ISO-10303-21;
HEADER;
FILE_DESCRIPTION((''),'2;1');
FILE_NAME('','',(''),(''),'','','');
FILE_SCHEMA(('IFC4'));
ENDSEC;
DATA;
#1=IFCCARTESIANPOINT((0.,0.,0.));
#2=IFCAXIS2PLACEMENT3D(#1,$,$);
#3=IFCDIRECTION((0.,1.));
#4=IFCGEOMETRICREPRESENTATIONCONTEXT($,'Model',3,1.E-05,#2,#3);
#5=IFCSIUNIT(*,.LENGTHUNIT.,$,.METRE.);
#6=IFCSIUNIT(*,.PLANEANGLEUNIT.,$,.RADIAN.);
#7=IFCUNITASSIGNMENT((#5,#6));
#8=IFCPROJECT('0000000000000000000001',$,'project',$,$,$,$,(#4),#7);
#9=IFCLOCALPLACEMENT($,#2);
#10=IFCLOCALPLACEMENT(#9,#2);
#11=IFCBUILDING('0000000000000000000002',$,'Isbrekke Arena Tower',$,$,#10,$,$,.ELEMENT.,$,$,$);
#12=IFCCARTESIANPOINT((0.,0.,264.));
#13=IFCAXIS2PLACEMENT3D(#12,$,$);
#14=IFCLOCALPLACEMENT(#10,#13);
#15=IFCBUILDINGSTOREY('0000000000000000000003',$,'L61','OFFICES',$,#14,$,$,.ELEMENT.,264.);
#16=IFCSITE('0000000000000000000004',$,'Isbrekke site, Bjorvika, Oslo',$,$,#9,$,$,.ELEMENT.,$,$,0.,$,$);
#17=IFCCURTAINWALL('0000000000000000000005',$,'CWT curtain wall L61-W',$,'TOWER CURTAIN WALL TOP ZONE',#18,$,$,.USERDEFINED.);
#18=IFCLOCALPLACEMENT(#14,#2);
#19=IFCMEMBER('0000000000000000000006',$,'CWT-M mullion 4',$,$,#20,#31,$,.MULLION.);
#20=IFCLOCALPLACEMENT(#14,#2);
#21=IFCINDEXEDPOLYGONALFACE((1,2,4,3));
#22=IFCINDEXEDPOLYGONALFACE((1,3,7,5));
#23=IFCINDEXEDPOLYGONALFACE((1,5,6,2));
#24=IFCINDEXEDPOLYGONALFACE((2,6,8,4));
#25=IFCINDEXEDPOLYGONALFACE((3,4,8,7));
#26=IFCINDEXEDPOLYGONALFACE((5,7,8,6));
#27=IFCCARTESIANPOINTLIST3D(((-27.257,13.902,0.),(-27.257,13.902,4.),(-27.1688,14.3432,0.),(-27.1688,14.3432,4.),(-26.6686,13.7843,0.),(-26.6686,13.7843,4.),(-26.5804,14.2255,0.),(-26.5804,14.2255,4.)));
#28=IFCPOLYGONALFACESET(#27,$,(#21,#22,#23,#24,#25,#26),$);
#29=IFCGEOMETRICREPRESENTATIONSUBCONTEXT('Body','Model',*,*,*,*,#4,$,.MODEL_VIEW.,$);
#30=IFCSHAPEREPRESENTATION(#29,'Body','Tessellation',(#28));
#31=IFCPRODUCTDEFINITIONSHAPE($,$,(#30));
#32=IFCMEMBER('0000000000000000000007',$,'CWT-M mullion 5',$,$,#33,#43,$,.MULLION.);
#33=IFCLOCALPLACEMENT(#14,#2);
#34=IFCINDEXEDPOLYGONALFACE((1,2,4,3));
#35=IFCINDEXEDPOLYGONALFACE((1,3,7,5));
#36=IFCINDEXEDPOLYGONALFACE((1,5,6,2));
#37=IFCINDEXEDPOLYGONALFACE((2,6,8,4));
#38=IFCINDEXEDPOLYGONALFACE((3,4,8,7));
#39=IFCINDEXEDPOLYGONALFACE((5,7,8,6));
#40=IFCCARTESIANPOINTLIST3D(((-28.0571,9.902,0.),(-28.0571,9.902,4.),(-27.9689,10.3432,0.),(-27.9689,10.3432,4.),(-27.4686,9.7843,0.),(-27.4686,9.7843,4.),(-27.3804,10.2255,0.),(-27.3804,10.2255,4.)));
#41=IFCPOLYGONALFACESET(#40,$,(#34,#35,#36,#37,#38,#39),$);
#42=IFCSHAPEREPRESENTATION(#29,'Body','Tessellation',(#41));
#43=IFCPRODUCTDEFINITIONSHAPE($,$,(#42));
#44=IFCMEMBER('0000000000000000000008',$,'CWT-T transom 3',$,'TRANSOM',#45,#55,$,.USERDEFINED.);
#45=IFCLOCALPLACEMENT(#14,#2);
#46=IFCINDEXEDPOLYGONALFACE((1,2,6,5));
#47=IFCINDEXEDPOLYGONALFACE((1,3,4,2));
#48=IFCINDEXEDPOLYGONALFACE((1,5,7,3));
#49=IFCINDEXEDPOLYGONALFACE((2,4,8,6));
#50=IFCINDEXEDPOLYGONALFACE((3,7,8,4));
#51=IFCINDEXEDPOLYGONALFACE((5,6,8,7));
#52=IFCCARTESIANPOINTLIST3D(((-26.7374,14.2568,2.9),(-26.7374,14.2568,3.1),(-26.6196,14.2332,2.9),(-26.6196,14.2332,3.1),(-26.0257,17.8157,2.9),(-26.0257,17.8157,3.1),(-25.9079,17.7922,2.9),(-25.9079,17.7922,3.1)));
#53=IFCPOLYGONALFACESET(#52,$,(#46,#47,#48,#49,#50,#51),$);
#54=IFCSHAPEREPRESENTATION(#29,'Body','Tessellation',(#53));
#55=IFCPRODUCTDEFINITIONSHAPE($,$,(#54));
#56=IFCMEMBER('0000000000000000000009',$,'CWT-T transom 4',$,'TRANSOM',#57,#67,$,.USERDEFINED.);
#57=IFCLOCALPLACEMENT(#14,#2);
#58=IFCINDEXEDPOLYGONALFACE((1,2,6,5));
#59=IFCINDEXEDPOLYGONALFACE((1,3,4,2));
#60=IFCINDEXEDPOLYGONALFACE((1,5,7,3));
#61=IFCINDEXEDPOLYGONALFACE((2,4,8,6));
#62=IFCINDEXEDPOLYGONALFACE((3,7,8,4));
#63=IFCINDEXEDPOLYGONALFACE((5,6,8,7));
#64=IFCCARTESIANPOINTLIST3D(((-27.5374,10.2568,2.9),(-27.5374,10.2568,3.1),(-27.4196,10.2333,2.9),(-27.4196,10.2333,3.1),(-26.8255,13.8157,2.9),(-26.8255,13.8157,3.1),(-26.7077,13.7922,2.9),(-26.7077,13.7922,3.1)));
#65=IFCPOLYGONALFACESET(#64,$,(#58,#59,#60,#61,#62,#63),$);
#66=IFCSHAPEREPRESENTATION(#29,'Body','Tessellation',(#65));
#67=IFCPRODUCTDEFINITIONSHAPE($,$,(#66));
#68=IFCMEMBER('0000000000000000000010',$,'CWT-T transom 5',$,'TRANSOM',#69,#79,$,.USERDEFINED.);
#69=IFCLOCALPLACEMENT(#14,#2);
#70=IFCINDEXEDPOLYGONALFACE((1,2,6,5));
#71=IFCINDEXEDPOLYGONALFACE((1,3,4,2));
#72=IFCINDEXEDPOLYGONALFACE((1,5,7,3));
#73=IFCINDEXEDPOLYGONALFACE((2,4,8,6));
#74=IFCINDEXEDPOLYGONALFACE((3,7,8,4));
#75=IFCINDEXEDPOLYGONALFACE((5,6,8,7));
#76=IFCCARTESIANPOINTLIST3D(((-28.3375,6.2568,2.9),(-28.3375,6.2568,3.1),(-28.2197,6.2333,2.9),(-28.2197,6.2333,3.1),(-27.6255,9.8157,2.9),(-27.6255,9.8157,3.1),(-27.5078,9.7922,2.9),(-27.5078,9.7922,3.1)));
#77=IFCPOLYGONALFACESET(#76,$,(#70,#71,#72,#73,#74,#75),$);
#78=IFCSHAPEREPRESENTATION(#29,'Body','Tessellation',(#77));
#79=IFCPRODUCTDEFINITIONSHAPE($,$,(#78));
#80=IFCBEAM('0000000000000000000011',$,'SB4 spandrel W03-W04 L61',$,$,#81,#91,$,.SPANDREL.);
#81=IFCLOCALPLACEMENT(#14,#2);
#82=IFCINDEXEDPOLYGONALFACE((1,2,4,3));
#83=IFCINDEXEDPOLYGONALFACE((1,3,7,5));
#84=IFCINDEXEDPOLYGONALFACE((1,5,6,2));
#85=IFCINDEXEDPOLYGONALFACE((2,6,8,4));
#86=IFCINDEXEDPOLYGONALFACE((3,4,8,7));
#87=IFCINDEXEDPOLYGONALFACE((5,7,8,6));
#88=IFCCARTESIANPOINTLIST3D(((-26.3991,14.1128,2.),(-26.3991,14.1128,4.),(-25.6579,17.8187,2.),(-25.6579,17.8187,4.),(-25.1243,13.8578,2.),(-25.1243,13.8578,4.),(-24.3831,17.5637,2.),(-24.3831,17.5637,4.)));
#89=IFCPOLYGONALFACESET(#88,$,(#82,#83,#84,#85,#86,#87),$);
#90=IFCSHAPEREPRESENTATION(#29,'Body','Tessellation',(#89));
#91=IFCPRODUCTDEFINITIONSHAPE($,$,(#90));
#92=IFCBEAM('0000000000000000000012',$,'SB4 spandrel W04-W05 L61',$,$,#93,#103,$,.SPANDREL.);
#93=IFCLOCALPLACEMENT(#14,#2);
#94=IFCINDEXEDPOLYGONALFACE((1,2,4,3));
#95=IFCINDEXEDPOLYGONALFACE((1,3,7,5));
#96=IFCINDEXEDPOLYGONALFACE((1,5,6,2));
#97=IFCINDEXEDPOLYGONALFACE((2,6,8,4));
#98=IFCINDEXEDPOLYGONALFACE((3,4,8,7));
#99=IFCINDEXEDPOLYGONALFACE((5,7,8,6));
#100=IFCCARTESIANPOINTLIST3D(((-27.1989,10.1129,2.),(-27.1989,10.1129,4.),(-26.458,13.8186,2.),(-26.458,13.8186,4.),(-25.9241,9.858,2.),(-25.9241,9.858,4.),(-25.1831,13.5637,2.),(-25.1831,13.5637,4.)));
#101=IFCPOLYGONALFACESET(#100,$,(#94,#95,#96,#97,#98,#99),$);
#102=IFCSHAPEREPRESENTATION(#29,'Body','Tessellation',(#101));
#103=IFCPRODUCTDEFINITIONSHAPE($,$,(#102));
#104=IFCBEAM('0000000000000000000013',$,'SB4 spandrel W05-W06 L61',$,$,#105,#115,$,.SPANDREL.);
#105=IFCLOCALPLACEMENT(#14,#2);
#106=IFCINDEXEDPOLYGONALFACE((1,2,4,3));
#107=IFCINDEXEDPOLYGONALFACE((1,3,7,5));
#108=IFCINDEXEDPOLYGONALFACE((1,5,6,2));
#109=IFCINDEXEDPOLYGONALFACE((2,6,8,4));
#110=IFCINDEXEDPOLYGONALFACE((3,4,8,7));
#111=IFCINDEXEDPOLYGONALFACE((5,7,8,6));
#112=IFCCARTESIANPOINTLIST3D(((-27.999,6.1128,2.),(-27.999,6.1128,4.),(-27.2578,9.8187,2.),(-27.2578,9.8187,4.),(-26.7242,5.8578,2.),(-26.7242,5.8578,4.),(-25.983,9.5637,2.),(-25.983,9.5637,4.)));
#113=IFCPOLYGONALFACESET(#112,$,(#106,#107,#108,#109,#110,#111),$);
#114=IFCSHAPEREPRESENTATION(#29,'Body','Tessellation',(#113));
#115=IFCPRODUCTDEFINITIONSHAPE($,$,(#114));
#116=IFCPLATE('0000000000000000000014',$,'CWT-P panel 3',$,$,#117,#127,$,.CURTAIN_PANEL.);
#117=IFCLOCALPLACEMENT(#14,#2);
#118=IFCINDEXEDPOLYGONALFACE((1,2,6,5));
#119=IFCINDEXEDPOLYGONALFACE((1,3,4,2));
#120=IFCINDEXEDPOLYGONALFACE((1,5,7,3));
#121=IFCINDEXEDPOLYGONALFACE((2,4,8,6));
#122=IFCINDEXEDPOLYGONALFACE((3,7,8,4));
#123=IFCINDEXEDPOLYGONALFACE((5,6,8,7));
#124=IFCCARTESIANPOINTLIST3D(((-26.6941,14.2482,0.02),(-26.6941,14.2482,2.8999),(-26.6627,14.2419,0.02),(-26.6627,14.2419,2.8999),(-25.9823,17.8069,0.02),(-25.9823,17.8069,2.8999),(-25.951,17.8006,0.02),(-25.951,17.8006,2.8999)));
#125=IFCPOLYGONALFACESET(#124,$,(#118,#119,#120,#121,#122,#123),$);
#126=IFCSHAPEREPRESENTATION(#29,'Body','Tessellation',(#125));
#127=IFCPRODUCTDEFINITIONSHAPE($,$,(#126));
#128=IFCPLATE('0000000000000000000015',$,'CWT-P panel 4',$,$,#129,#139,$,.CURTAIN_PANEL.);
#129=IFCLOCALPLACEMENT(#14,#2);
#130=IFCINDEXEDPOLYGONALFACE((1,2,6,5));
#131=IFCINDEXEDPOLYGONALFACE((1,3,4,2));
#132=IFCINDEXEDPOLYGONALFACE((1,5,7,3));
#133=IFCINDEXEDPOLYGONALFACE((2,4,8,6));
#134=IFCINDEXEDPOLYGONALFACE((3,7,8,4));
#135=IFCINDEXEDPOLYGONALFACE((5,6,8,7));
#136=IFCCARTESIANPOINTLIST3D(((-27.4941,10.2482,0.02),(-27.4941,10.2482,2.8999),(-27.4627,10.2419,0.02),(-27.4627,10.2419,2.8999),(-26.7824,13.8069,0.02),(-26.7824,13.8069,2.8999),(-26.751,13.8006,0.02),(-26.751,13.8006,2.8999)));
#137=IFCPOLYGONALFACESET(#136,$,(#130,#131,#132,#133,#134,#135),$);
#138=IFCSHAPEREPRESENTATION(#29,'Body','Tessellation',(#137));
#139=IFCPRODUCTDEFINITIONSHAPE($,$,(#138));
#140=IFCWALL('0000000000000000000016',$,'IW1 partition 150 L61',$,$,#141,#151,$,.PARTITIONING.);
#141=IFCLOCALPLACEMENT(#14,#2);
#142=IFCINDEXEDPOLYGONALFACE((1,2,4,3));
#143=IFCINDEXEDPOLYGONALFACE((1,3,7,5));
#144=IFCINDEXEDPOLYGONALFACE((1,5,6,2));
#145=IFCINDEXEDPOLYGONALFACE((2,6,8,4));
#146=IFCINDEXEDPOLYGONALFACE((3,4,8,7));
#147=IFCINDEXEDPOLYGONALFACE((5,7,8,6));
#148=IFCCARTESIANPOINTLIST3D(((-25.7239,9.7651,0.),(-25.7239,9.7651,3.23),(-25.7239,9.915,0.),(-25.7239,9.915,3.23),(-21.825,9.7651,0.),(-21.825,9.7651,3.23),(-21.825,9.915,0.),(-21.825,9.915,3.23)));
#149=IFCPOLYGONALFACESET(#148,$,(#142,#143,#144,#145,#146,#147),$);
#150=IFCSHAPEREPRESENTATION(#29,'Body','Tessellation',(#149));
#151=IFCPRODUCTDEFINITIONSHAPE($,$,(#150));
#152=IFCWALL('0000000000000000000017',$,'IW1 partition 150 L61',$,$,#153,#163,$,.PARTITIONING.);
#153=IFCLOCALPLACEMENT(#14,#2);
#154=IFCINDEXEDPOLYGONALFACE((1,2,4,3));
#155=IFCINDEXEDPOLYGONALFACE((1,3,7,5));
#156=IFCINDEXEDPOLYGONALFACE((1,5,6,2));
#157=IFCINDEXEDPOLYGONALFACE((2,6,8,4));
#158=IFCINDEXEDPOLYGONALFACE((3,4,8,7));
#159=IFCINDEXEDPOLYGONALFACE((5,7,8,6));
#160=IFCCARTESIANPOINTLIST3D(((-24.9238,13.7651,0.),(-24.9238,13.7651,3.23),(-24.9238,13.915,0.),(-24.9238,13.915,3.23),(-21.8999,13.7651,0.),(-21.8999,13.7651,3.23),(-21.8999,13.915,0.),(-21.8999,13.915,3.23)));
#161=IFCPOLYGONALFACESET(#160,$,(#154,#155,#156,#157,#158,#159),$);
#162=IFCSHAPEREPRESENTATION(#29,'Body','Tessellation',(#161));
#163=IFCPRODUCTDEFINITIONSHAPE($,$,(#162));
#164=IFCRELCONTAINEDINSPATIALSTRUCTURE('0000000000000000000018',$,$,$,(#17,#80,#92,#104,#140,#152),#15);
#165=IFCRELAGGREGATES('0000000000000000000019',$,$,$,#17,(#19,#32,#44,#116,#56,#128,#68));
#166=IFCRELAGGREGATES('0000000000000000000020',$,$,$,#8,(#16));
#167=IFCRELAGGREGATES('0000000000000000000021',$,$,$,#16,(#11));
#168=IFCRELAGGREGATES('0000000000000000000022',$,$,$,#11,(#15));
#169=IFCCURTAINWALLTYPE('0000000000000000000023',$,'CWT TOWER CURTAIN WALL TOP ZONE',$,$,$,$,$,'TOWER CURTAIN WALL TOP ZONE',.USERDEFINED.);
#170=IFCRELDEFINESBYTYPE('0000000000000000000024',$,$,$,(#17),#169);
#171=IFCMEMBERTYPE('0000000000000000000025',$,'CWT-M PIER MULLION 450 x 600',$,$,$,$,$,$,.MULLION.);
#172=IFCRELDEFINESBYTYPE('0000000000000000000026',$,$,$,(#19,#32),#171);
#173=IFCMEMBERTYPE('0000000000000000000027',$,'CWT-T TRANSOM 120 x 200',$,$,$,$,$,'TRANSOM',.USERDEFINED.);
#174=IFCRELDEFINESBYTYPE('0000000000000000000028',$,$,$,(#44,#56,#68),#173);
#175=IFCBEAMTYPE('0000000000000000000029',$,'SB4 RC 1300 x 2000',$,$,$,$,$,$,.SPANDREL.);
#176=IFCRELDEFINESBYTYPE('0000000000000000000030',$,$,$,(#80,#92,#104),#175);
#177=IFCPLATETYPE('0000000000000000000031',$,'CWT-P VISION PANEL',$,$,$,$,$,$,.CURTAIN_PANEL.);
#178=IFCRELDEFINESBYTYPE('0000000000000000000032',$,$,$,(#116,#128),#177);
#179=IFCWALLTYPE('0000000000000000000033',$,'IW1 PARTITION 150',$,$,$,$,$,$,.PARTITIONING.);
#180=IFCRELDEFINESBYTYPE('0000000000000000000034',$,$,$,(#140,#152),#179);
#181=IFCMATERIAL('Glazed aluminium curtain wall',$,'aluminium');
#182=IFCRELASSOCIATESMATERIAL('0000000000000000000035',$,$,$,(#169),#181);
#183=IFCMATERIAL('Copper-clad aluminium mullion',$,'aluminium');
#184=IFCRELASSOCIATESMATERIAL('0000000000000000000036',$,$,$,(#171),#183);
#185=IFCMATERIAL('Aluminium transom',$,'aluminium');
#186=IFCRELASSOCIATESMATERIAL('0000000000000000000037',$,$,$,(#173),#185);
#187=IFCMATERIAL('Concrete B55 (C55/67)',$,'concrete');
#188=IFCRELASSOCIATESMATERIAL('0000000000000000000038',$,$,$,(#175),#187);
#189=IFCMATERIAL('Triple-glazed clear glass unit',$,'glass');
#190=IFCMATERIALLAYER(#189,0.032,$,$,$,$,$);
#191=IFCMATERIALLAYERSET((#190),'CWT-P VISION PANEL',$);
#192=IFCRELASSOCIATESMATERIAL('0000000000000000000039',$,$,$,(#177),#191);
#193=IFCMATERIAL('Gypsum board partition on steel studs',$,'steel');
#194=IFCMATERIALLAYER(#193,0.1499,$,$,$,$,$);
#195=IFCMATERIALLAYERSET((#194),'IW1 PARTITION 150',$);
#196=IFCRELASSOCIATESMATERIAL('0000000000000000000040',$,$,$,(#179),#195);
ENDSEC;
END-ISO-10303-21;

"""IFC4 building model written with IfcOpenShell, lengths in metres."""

from ifc_helpers import new_model, si_unit, direction, frame, frame_2d, origin, origin_2d, place, context, subcontext, project, spatial, rectangle, extrude, material, layer, layer_set, material_profile, profile_set, type_object, element, aggregate, save


model = new_model("IFC4")

# Units and contexts
model_context = context("Model", 3, precision=1e-05, world=origin(), true_north=direction((0.0, 1.0)))
body_context = subcontext(model_context, "Body", "Model", "MODEL_VIEW")
ifc_project = project(units=[si_unit("LENGTHUNIT", "METRE"), si_unit("PLANEANGLEUNIT", "RADIAN")], contexts=[model_context])

# Site, building, storey
site_placement = place(None, origin())
site = spatial("IfcSite", under=ifc_project, at=site_placement, Name="Isbrekke site, Bjorvika, Oslo", CompositionType="ELEMENT", RefElevation=0.0)
building_placement = place(site_placement, origin())
building = spatial("IfcBuilding", under=site, at=building_placement, Name="Isbrekke Arena Tower", CompositionType="ELEMENT")
storey_placement = place(building_placement, frame((0.0, 0.0, 264.0)))
storey = spatial("IfcBuildingStorey", under=building, at=storey_placement, Name="L61", Description="OFFICES", CompositionType="ELEMENT", Elevation=264.0)

# Curtain wall, members
ifc_material_1 = material(Name="Glazed aluminium curtain wall", Category="aluminium")
curtain_wall_type = type_object("IfcCurtainWallType", Name="CWT TOWER CURTAIN WALL TOP ZONE", ElementType="TOWER CURTAIN WALL TOP ZONE", PredefinedType="USERDEFINED", material=ifc_material_1)
curtain_wall_placement = place(storey_placement, origin())
curtain_wall = element("IfcCurtainWall", 1, at=curtain_wall_placement, inside=storey, type_object=curtain_wall_type, Name="CWT curtain wall L61-W", ObjectType="TOWER CURTAIN WALL TOP ZONE", PredefinedType="USERDEFINED")
ifc_material_2 = material(Name="Copper-clad aluminium mullion", Category="aluminium")
ifc_material_profile_1 = material_profile(ifc_material_2, rectangle(XDim=0.45, YDim=0.6001, at=origin_2d()), Name="PIER 450X600")
ifc_profile_set_1 = profile_set([ifc_material_profile_1], Name="Copper-clad aluminium mullion")
member_type_1 = type_object("IfcMemberType", Name="CWT-M PIER MULLION 450 x 600", PredefinedType="MULLION", material=ifc_profile_set_1)
member_1_placement = place(storey_placement, frame((-26.9187, 14.0637, 0.0), z_axis=(0.0, 0.0, 1.0), x_axis=(-0.196116, -0.980581, 0.0)))
member_1 = element("IfcMember", 2, at=member_1_placement, type_object=member_type_1, Name="CWT-M mullion 4", PredefinedType="MULLION", context=body_context, shape_type="SweptSolid", body=[
    extrude(rectangle(XDim=0.45, YDim=0.6001, at=origin_2d()), origin(), (0.0, 0.0, 1.0), 4.0),
])
member_2_placement = place(storey_placement, frame((-27.7188, 10.0637, 0.0), z_axis=(0.0, 0.0, 1.0), x_axis=(-0.196116, -0.980581, 0.0)))
member_2 = element("IfcMember", 3, at=member_2_placement, type_object=member_type_1, Name="CWT-M mullion 5", PredefinedType="MULLION", context=body_context, shape_type="SweptSolid", body=[
    extrude(rectangle(XDim=0.45, YDim=0.6001, at=origin_2d()), origin(), (0.0, 0.0, 1.0), 4.0),
])
ifc_material_3 = material(Name="Aluminium transom", Category="aluminium")
ifc_material_profile_2 = material_profile(ifc_material_3, rectangle(XDim=0.1201, YDim=0.2, at=origin_2d()), Name="TRANSOM 120X200")
ifc_profile_set_2 = profile_set([ifc_material_profile_2], Name="Aluminium transom")
member_type_2 = type_object("IfcMemberType", Name="CWT-T TRANSOM 120 x 200", ElementType="TRANSOM", PredefinedType="USERDEFINED", material=ifc_profile_set_2)
member_3_placement = place(storey_placement, frame((-25.9668, 17.804, 3.0), z_axis=(-0.19609, -0.980586, 0.0), x_axis=(0.980586, -0.19609, 0.0)))
member_3 = element("IfcMember", 4, at=member_3_placement, type_object=member_type_2, Name="CWT-T transom 3", ObjectType="TRANSOM", PredefinedType="USERDEFINED", context=body_context, shape_type="SweptSolid", body=[
    extrude(rectangle(XDim=0.1201, YDim=0.2, at=origin_2d()), origin(), (0.0, 0.0, 1.0), 3.6294),
])
member_4_placement = place(storey_placement, frame((-26.7666, 13.804, 3.0), z_axis=(-0.196155, -0.980573, 0.0), x_axis=(0.980573, -0.196155, 0.0)))
member_4 = element("IfcMember", 5, at=member_4_placement, type_object=member_type_2, Name="CWT-T transom 4", ObjectType="TRANSOM", PredefinedType="USERDEFINED", context=body_context, shape_type="SweptSolid", body=[
    extrude(rectangle(XDim=0.1201, YDim=0.2, at=origin_2d()), origin(), (0.0, 0.0, 1.0), 3.6294),
])
member_5_placement = place(storey_placement, frame((-27.5667, 9.804, 3.0), z_axis=(-0.196155, -0.980573, 0.0), x_axis=(0.980573, -0.196155, 0.0)))
member_5 = element("IfcMember", 6, at=member_5_placement, type_object=member_type_2, Name="CWT-T transom 5", ObjectType="TRANSOM", PredefinedType="USERDEFINED", context=body_context, shape_type="SweptSolid", body=[
    extrude(rectangle(XDim=0.1201, YDim=0.2, at=origin_2d()), origin(), (0.0, 0.0, 1.0), 3.6294),
])

# Beams
ifc_material_4 = material(Name="Concrete B55 (C55/67)", Category="concrete")
ifc_material_profile_3 = material_profile(ifc_material_4, rectangle(XDim=1.3, YDim=2.0, at=origin_2d()), Name="RC 1300x2000")
ifc_profile_set_3 = profile_set([ifc_material_profile_3], Name="Concrete B55 (C55/67)")
beam_type_1 = type_object("IfcBeamType", Name="SB4 RC 1300 x 2000", PredefinedType="SPANDREL", material=ifc_profile_set_3)
beam_1_placement = place(storey_placement, frame((-25.0205, 17.6912, 3.0), z_axis=(-0.196129, -0.980578, 0.0), x_axis=(0.980578, -0.196129, 0.0)))
element("IfcBeam", 7, at=beam_1_placement, inside=storey, type_object=beam_type_1, Name="SB4 spandrel W03-W04 L61", PredefinedType="SPANDREL", context=body_context, shape_type="SweptSolid", body=[
    extrude(rectangle(XDim=1.3, YDim=2.0, at=origin_2d()), origin(), (0.0, 0.0, 1.0), 3.7793),
])
beam_2_placement = place(storey_placement, frame((-25.8206, 13.6912, 3.0), z_axis=(-0.196066, -0.980591, 0.0), x_axis=(0.980591, -0.196066, 0.0)))
element("IfcBeam", 8, at=beam_2_placement, inside=storey, type_object=beam_type_1, Name="SB4 spandrel W04-W05 L61", PredefinedType="SPANDREL", context=body_context, shape_type="SweptSolid", body=[
    extrude(rectangle(XDim=1.3, YDim=2.0, at=origin_2d()), origin(), (0.0, 0.0, 1.0), 3.7791),
])
beam_3_placement = place(storey_placement, frame((-26.6204, 9.6912, 3.0), z_axis=(-0.196129, -0.980578, 0.0), x_axis=(0.980578, -0.196129, 0.0)))
element("IfcBeam", 9, at=beam_3_placement, inside=storey, type_object=beam_type_1, Name="SB4 spandrel W05-W06 L61", PredefinedType="SPANDREL", context=body_context, shape_type="SweptSolid", body=[
    extrude(rectangle(XDim=1.3, YDim=2.0, at=origin_2d()), origin(), (0.0, 0.0, 1.0), 3.7793),
])

# Plates
ifc_material_5 = material(Name="Triple-glazed clear glass unit", Category="glass")
ifc_layer_1 = layer(ifc_material_5, 0.032)
ifc_layer_set_1 = layer_set([ifc_layer_1], Name="CWT-P VISION PANEL")
plate_type = type_object("IfcPlateType", Name="CWT-P VISION PANEL", PredefinedType="CURTAIN_PANEL", material=ifc_layer_set_1)
plate_1_placement = place(storey_placement, frame((-26.3225, 16.0244, 0.02), z_axis=(0.0, 0.0, 1.0), x_axis=(-0.196116, -0.980581, 0.0)))
plate_1 = element("IfcPlate", 10, at=plate_1_placement, type_object=plate_type, Name="CWT-P panel 3", PredefinedType="CURTAIN_PANEL", context=body_context, shape_type="SweptSolid", body=[
    extrude(rectangle(XDim=3.6292, YDim=0.032, at=origin_2d()), origin(), (0.0, 0.0, 1.0), 2.8799),
])
plate_2_placement = place(storey_placement, frame((-27.1226, 12.0244, 0.02), z_axis=(0.0, 0.0, 1.0), x_axis=(-0.196116, -0.980581, 0.0)))
plate_2 = element("IfcPlate", 11, at=plate_2_placement, type_object=plate_type, Name="CWT-P panel 4", PredefinedType="CURTAIN_PANEL", context=body_context, shape_type="SweptSolid", body=[
    extrude(rectangle(XDim=3.6292, YDim=0.032, at=origin_2d()), origin(), (0.0, 0.0, 1.0), 2.8799),
])
aggregate(curtain_wall, [member_1, member_2, member_3, plate_1, member_4, plate_2, member_5])

# Walls
ifc_material_6 = material(Name="Gypsum board partition on steel studs", Category="steel")
ifc_layer_2 = layer(ifc_material_6, 0.1499)
ifc_layer_set_2 = layer_set([ifc_layer_2], Name="IW1 PARTITION 150")
wall_type_1 = type_object("IfcWallType", Name="IW1 PARTITION 150", PredefinedType="PARTITIONING", material=ifc_layer_set_2)
wall_1_placement = place(storey_placement, frame((-25.7239, 9.8401, 0.0), z_axis=(0.0, 0.0, 1.0), x_axis=(1.0, 0.0, 0.0)))
element("IfcWall", 12, at=wall_1_placement, inside=storey, type_object=wall_type_1, Name="IW1 partition 150 L61", PredefinedType="PARTITIONING", context=body_context, shape_type="SweptSolid", body=[
    extrude(rectangle(XDim=3.8989, YDim=0.1499, at=frame_2d((1.9495, 0.0))), origin(), (0.0, 0.0, 1.0), 3.23),
])
wall_2_placement = place(storey_placement, frame((-24.9238, 13.8401, 0.0), z_axis=(0.0, 0.0, 1.0), x_axis=(1.0, 0.0, 0.0)))
element("IfcWall", 13, at=wall_2_placement, inside=storey, type_object=wall_type_1, Name="IW1 partition 150 L61", PredefinedType="PARTITIONING", context=body_context, shape_type="SweptSolid", body=[
    extrude(rectangle(XDim=3.0239, YDim=0.1499, at=frame_2d((1.512, 0.0))), origin(), (0.0, 0.0, 1.0), 3.23),
])

save(model, "model.ifc")
